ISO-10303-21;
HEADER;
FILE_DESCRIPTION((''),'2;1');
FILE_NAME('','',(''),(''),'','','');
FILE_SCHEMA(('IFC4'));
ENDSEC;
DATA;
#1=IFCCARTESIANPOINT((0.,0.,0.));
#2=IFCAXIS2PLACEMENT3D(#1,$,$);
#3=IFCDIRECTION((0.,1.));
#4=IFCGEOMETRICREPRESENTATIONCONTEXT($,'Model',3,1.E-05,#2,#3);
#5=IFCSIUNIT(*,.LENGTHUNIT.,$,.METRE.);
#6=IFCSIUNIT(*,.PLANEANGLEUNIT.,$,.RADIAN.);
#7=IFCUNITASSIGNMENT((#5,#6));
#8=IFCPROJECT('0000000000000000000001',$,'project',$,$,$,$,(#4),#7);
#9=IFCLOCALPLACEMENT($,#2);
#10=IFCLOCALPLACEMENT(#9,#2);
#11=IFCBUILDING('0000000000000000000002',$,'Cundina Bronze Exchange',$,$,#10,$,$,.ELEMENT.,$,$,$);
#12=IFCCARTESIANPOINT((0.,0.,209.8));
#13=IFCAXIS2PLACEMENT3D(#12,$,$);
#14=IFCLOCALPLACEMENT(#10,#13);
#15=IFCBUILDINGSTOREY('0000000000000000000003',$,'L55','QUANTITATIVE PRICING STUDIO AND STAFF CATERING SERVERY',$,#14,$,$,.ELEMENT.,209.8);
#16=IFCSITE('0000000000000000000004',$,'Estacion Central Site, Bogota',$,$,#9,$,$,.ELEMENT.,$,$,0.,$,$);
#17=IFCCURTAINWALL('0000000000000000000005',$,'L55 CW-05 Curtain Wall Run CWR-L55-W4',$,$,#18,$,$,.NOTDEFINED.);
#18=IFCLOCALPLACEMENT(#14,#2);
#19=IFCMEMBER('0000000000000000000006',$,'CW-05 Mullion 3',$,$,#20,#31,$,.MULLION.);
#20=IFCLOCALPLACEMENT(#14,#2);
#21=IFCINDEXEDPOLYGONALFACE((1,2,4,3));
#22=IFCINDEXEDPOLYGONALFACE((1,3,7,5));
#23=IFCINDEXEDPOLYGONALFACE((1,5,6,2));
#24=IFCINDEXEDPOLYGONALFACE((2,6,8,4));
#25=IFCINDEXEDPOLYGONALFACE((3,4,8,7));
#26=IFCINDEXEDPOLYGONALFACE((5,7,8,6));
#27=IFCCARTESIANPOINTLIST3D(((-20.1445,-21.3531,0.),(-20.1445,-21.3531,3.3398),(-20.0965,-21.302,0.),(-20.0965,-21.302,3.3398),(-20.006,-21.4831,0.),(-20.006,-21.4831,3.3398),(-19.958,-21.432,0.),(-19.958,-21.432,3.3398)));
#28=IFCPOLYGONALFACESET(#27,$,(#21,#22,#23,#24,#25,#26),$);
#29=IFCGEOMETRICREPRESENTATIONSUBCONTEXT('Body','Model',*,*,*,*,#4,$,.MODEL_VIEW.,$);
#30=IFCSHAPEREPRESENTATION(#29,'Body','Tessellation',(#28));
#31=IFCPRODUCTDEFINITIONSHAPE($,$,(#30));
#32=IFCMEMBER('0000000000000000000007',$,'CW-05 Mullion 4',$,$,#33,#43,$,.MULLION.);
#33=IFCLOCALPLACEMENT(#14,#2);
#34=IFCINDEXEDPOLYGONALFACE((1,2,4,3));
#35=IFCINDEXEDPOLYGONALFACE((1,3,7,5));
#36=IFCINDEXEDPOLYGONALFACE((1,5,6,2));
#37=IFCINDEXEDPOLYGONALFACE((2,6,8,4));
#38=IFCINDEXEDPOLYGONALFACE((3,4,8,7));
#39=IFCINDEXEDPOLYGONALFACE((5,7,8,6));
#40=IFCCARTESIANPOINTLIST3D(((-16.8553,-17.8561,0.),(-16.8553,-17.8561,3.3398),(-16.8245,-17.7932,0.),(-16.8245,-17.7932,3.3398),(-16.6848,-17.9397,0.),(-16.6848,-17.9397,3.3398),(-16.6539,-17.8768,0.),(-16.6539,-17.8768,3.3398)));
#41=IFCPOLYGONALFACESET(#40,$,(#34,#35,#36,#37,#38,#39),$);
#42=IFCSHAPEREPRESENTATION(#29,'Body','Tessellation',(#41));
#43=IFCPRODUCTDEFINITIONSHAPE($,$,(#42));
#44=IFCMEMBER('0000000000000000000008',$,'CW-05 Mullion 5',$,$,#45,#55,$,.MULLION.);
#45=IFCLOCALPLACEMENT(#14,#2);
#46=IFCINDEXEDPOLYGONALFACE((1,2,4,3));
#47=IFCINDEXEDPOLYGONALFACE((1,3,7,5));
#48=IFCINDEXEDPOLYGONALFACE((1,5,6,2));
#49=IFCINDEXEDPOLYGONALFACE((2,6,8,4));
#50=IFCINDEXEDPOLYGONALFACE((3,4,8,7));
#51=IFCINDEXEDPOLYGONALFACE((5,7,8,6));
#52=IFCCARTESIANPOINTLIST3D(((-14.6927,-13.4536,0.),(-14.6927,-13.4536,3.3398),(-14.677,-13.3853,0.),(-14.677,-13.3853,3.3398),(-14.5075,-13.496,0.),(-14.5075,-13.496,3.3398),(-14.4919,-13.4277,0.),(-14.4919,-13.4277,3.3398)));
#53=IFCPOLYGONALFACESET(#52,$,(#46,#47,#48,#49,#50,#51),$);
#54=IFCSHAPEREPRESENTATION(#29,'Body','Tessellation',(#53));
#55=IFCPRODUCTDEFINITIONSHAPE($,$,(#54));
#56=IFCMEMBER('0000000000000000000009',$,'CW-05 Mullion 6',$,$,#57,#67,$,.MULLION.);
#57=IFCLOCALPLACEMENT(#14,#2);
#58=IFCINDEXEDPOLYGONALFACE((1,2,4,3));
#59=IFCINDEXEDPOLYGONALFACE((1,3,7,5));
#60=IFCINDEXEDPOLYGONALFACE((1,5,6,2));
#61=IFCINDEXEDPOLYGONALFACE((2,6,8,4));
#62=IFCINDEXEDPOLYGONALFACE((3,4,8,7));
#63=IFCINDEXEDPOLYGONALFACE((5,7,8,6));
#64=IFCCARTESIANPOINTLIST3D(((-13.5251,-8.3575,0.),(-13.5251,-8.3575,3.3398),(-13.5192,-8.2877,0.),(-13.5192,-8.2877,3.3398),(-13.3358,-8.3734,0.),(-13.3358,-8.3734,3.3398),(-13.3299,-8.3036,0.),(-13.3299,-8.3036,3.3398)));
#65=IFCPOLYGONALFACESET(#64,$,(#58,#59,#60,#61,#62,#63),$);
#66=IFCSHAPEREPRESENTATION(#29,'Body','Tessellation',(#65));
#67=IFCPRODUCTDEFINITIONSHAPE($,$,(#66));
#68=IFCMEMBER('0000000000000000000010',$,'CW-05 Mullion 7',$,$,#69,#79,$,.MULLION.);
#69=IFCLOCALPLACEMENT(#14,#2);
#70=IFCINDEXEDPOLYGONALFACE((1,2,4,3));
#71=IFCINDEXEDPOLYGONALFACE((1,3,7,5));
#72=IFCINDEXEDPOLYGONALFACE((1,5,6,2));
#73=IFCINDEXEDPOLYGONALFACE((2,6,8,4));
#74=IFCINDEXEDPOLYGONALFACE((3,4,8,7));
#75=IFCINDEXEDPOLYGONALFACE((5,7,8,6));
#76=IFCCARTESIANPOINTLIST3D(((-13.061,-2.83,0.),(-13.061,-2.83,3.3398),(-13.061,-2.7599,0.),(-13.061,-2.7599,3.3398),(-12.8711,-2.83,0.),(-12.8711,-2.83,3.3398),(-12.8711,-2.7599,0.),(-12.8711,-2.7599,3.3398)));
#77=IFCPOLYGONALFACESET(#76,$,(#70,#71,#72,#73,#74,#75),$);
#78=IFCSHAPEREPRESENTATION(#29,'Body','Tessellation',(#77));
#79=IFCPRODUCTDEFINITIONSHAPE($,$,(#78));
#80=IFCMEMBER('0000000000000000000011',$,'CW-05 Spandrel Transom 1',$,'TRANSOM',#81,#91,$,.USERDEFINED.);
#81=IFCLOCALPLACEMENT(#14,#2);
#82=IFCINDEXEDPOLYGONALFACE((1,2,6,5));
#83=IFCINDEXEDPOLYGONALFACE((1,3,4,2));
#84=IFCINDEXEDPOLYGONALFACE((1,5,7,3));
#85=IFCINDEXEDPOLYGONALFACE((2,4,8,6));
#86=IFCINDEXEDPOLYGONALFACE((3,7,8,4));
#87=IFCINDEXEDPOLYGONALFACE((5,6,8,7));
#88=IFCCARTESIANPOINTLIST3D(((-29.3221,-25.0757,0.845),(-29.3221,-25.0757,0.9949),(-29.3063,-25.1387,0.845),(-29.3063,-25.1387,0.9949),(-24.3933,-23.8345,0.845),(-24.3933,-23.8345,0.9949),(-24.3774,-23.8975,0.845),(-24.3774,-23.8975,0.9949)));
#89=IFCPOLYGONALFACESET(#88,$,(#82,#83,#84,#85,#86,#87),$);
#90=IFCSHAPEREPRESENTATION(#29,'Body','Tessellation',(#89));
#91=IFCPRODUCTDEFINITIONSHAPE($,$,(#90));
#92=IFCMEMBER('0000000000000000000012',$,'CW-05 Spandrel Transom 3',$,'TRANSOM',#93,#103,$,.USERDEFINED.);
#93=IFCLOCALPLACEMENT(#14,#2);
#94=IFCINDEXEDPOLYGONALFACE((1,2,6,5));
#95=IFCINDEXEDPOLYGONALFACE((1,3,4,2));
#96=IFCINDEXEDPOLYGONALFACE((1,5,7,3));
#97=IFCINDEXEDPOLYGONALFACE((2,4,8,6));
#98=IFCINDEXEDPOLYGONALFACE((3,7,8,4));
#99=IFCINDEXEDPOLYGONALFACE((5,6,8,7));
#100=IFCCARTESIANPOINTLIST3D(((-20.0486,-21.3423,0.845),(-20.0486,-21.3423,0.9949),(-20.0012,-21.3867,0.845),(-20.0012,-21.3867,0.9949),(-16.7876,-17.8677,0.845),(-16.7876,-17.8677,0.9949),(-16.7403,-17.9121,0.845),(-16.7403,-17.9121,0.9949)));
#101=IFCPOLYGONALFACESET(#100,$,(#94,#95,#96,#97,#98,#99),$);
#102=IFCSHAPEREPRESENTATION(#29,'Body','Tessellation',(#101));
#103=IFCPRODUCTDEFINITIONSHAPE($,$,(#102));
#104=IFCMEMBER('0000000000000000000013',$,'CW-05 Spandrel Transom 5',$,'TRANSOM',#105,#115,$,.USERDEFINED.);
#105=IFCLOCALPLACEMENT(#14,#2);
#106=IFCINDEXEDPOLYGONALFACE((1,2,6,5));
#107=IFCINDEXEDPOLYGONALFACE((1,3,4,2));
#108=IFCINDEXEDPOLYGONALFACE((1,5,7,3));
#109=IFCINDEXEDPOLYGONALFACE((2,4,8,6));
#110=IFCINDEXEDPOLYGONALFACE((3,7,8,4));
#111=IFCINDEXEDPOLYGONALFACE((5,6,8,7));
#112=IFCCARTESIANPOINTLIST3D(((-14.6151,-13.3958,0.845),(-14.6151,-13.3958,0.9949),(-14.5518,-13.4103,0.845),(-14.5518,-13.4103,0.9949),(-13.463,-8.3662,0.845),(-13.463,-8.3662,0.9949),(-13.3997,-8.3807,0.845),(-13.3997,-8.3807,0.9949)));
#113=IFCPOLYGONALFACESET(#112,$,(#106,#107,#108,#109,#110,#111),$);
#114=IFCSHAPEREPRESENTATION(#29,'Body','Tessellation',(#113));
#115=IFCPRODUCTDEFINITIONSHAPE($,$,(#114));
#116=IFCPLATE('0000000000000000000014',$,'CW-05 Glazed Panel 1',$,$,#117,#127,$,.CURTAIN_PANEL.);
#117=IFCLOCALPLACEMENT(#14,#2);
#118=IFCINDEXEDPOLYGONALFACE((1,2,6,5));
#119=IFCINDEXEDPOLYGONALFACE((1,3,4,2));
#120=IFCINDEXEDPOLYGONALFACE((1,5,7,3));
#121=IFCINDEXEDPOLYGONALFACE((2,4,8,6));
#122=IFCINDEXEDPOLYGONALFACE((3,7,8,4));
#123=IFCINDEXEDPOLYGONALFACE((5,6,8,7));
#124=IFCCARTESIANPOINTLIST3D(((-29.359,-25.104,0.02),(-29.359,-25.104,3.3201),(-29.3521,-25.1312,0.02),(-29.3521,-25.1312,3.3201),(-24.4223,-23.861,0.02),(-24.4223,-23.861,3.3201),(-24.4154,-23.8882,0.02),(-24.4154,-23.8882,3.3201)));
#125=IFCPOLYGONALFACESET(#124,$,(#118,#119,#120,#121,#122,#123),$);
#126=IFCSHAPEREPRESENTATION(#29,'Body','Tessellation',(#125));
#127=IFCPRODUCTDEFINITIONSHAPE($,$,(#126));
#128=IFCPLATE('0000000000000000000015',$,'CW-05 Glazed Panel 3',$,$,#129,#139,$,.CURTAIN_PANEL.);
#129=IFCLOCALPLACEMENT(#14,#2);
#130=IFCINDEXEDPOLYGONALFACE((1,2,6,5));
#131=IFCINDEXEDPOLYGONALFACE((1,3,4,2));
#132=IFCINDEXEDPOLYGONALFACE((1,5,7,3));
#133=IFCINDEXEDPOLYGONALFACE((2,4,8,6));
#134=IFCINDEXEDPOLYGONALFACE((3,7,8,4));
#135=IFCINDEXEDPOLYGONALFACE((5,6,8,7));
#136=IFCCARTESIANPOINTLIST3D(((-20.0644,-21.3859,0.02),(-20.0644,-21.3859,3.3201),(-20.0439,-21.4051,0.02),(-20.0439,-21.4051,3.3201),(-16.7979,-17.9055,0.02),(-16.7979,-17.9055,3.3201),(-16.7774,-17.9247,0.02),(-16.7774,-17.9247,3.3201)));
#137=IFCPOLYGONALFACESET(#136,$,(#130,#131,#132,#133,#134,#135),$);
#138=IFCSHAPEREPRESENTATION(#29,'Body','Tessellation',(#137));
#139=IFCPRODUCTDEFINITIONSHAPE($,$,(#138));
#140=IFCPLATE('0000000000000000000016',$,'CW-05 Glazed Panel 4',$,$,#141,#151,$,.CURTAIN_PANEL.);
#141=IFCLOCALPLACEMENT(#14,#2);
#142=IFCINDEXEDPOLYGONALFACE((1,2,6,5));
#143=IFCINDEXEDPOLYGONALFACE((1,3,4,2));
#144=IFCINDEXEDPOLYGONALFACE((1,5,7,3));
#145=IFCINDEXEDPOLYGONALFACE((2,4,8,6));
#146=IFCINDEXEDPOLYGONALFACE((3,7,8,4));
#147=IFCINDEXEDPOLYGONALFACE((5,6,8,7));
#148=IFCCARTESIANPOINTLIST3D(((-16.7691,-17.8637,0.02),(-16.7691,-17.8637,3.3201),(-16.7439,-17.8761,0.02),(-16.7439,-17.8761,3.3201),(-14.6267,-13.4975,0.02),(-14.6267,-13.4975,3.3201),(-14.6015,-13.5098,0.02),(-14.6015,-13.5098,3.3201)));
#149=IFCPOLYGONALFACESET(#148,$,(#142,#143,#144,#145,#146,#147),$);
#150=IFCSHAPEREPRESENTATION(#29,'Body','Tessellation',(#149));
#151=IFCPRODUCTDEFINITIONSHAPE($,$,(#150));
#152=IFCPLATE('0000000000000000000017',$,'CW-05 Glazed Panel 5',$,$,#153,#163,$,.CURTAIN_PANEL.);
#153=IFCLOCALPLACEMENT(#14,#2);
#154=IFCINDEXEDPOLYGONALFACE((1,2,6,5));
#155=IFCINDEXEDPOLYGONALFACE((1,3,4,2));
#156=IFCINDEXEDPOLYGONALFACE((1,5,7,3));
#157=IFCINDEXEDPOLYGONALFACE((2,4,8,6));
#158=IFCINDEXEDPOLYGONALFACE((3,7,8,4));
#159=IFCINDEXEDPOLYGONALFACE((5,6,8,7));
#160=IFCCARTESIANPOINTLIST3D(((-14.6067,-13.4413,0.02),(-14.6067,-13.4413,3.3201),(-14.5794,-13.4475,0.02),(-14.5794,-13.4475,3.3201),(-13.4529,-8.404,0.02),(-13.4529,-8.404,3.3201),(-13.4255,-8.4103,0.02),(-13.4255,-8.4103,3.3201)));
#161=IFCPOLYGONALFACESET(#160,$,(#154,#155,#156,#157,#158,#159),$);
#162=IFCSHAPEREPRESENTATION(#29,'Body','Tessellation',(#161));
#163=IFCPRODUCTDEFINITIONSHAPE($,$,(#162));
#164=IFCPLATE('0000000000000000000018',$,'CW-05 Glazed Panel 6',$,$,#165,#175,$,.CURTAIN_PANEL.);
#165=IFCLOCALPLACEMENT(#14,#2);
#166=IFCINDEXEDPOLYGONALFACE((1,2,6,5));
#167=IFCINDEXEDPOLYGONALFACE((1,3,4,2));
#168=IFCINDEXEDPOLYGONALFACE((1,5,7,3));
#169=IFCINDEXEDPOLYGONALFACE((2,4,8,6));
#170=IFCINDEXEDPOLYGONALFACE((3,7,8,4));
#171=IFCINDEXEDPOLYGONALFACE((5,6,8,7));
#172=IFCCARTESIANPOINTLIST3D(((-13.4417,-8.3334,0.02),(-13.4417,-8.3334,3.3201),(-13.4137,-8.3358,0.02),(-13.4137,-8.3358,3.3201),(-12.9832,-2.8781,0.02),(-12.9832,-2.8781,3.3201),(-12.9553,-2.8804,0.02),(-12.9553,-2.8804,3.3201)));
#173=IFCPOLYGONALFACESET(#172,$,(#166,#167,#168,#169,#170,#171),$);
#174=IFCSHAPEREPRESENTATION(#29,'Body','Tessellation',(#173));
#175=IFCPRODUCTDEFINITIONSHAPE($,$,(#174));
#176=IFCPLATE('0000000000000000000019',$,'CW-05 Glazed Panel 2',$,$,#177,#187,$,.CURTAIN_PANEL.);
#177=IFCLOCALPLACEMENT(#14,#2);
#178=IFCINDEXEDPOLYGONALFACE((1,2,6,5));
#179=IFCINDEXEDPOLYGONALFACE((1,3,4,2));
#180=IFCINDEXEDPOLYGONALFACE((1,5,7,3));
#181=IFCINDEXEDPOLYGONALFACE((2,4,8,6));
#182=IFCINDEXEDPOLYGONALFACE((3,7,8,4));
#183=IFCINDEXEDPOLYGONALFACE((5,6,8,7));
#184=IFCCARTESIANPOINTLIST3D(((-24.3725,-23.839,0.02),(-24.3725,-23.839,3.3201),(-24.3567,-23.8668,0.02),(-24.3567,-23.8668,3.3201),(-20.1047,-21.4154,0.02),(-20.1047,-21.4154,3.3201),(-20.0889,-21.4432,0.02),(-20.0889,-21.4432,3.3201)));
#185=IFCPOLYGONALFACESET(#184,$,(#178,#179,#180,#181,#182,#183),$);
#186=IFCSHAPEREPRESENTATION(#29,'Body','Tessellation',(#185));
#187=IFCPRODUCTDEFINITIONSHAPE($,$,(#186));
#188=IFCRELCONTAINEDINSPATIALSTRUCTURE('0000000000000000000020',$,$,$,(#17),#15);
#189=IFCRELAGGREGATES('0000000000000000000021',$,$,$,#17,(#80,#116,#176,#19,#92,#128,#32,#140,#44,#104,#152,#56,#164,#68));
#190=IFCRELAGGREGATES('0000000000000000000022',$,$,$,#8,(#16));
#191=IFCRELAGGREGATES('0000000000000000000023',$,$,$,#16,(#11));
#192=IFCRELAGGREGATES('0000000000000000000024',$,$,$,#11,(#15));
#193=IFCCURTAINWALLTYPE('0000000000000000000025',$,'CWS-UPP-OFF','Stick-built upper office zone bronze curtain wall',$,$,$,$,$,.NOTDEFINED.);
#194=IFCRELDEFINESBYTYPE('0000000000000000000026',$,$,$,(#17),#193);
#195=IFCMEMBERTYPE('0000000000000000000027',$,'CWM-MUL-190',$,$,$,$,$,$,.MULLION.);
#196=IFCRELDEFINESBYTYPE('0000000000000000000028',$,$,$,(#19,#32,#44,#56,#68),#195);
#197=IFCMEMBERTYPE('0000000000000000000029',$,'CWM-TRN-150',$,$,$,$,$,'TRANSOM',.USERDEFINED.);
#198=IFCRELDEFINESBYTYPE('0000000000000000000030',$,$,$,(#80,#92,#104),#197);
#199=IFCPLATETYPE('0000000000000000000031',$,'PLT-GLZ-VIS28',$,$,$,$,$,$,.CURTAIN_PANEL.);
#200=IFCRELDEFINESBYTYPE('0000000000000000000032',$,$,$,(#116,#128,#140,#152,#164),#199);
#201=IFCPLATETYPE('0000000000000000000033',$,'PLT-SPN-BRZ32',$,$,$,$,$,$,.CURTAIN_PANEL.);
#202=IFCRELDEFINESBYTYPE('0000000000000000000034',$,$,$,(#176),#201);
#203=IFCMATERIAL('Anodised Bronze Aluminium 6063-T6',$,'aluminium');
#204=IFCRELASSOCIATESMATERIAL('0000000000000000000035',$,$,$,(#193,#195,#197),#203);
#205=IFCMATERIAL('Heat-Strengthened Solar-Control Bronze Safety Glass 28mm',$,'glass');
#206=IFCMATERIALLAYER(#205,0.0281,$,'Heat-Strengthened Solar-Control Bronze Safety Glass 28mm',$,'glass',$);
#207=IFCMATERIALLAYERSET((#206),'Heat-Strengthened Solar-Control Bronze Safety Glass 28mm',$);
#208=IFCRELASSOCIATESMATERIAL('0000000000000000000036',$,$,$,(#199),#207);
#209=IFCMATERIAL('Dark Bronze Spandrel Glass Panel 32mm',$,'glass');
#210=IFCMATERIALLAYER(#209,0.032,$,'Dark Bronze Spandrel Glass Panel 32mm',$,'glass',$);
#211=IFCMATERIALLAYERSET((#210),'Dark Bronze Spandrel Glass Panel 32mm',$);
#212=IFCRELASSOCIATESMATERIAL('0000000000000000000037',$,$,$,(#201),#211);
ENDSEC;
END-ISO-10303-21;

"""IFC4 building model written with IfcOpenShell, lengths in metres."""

from ifc_helpers import new_model, si_unit, direction, frame, origin, origin_2d, place, context, subcontext, project, spatial, rectangle, extrude, material, layer, layer_set, material_profile, profile_set, type_object, element, aggregate, save


model = new_model("IFC4")

# Units and contexts
model_context = context("Model", 3, precision=1e-05, world=origin(), true_north=direction((0.0, 1.0)))
body_context = subcontext(model_context, "Body", "Model", "MODEL_VIEW")
ifc_project = project(units=[si_unit("LENGTHUNIT", "METRE"), si_unit("PLANEANGLEUNIT", "RADIAN")], contexts=[model_context])

# Site, building, storey
site_placement = place(None, origin())
site = spatial("IfcSite", under=ifc_project, at=site_placement, Name="Estacion Central Site, Bogota", CompositionType="ELEMENT", RefElevation=0.0)
building_placement = place(site_placement, origin())
building = spatial("IfcBuilding", under=site, at=building_placement, Name="Cundina Bronze Exchange", CompositionType="ELEMENT")
storey_placement = place(building_placement, frame((0.0, 0.0, 209.8)))
storey = spatial("IfcBuildingStorey", under=building, at=storey_placement, Name="L55", Description="QUANTITATIVE PRICING STUDIO AND STAFF CATERING SERVERY", CompositionType="ELEMENT", Elevation=209.8)

# Curtain wall, members, plates
ifc_material_1 = material(Name="Anodised Bronze Aluminium 6063-T6", Category="aluminium")
curtain_wall_type = type_object("IfcCurtainWallType", Name="CWS-UPP-OFF", Description="Stick-built upper office zone bronze curtain wall", PredefinedType="NOTDEFINED", material=ifc_material_1)
curtain_wall_placement = place(storey_placement, origin())
curtain_wall = element("IfcCurtainWall", 1, at=curtain_wall_placement, inside=storey, type_object=curtain_wall_type, Name="L55 CW-05 Curtain Wall Run CWR-L55-W4", PredefinedType="NOTDEFINED")
ifc_material_profile_1 = material_profile(ifc_material_1, rectangle(XDim=0.0701, YDim=0.1899, at=origin_2d()), Name="AL70X190", Category="aluminium")
ifc_profile_set_1 = profile_set([ifc_material_profile_1], Name="Anodised Bronze Aluminium 6063-T6")
member_type_1 = type_object("IfcMemberType", Name="CWM-MUL-190", PredefinedType="MULLION", material=ifc_profile_set_1)
member_1_placement = place(storey_placement, frame((-20.0513, -21.3926, 0.0), z_axis=(0.0, 0.0, 1.0), x_axis=(0.684293, 0.729208, 0.0)))
member_1 = element("IfcMember", 2, at=member_1_placement, type_object=member_type_1, Name="CW-05 Mullion 3", PredefinedType="MULLION", context=body_context, shape_type="SweptSolid", body=[
    extrude(rectangle(XDim=0.0701, YDim=0.1899, at=origin_2d()), origin(), (0.0, 0.0, 1.0), 3.3398),
])
member_2_placement = place(storey_placement, frame((-16.7546, -17.8665, 0.0), z_axis=(0.0, 0.0, 1.0), x_axis=(0.440566, 0.89772, 0.0)))
member_2 = element("IfcMember", 3, at=member_2_placement, type_object=member_type_1, Name="CW-05 Mullion 4", PredefinedType="MULLION", context=body_context, shape_type="SweptSolid", body=[
    extrude(rectangle(XDim=0.0701, YDim=0.1899, at=origin_2d()), origin(), (0.0, 0.0, 1.0), 3.3398),
])
member_3_placement = place(storey_placement, frame((-14.5923, -13.4407, 0.0), z_axis=(0.0, 0.0, 1.0), x_axis=(0.22325, 0.974761, 0.0)))
member_3 = element("IfcMember", 4, at=member_3_placement, type_object=member_type_1, Name="CW-05 Mullion 5", PredefinedType="MULLION", context=body_context, shape_type="SweptSolid", body=[
    extrude(rectangle(XDim=0.0701, YDim=0.1899, at=origin_2d()), origin(), (0.0, 0.0, 1.0), 3.3398),
])
member_4_placement = place(storey_placement, frame((-13.4275, -8.3306, 0.0), z_axis=(0.0, 0.0, 1.0), x_axis=(0.083678, 0.996493, 0.0)))
member_4 = element("IfcMember", 5, at=member_4_placement, type_object=member_type_1, Name="CW-05 Mullion 6", PredefinedType="MULLION", context=body_context, shape_type="SweptSolid", body=[
    extrude(rectangle(XDim=0.0701, YDim=0.1899, at=origin_2d()), origin(), (0.0, 0.0, 1.0), 3.3398),
])
member_5_placement = place(storey_placement, frame((-12.9661, -2.7949, 0.0), z_axis=(0.0, 0.0, 1.0), x_axis=(0.0, 1.0, 0.0)))
member_5 = element("IfcMember", 6, at=member_5_placement, type_object=member_type_1, Name="CW-05 Mullion 7", PredefinedType="MULLION", context=body_context, shape_type="SweptSolid", body=[
    extrude(rectangle(XDim=0.0701, YDim=0.1899, at=origin_2d()), origin(), (0.0, 0.0, 1.0), 3.3398),
])
ifc_material_profile_2 = material_profile(ifc_material_1, rectangle(XDim=0.0649, YDim=0.1499, at=origin_2d()), Name="AL65X150", Category="aluminium")
ifc_profile_set_2 = profile_set([ifc_material_profile_2], Name="Anodised Bronze Aluminium 6063-T6")
member_type_2 = type_object("IfcMemberType", Name="CWM-TRN-150", ElementType="TRANSOM", PredefinedType="USERDEFINED", material=ifc_profile_set_2)
member_6_placement = place(storey_placement, frame((-29.3142, -25.1072, 0.9199), z_axis=(0.969726, 0.244197, 0.0), x_axis=(-0.244197, 0.969726, 0.0)))
member_6 = element("IfcMember", 7, at=member_6_placement, type_object=member_type_2, Name="CW-05 Spandrel Transom 1", ObjectType="TRANSOM", PredefinedType="USERDEFINED", context=body_context, shape_type="SweptSolid", body=[
    extrude(rectangle(XDim=0.0649, YDim=0.1499, at=origin_2d()), origin(), (0.0, 0.0, 1.0), 5.0828),
])
member_7_placement = place(storey_placement, frame((-20.0249, -21.3645, 0.9199), z_axis=(0.684336, 0.729166, 0.0), x_axis=(-0.729166, 0.684336, 0.0)))
member_7 = element("IfcMember", 8, at=member_7_placement, type_object=member_type_2, Name="CW-05 Spandrel Transom 3", ObjectType="TRANSOM", PredefinedType="USERDEFINED", context=body_context, shape_type="SweptSolid", body=[
    extrude(rectangle(XDim=0.0649, YDim=0.1499, at=origin_2d()), origin(), (0.0, 0.0, 1.0), 4.7651),
])
member_8_placement = place(storey_placement, frame((-14.5835, -13.4031, 0.9199), z_axis=(0.223283, 0.974754, 0.0), x_axis=(-0.974754, 0.223283, 0.0)))
member_8 = element("IfcMember", 9, at=member_8_placement, type_object=member_type_2, Name="CW-05 Spandrel Transom 5", ObjectType="TRANSOM", PredefinedType="USERDEFINED", context=body_context, shape_type="SweptSolid", body=[
    extrude(rectangle(XDim=0.0649, YDim=0.1499, at=origin_2d()), origin(), (0.0, 0.0, 1.0), 5.1599),
])
ifc_material_2 = material(Name="Heat-Strengthened Solar-Control Bronze Safety Glass 28mm", Category="glass")
ifc_layer_1 = layer(ifc_material_2, 0.0281, Name="Heat-Strengthened Solar-Control Bronze Safety Glass 28mm", Category="glass")
ifc_layer_set_1 = layer_set([ifc_layer_1], Name="Heat-Strengthened Solar-Control Bronze Safety Glass 28mm")
plate_type_1 = type_object("IfcPlateType", Name="PLT-GLZ-VIS28", PredefinedType="CURTAIN_PANEL", material=ifc_layer_set_1)
plate_1_placement = place(storey_placement, frame((-26.8872, -24.4961, 0.02), z_axis=(0.0, 0.0, 1.0), x_axis=(0.969732, 0.244174, 0.0)))
plate_1 = element("IfcPlate", 10, at=plate_1_placement, type_object=plate_type_1, Name="CW-05 Glazed Panel 1", PredefinedType="CURTAIN_PANEL", context=body_context, shape_type="SweptSolid", body=[
    extrude(rectangle(XDim=5.0908, YDim=0.0281, at=origin_2d()), origin(), (0.0, 0.0, 1.0), 3.3),
])
plate_2_placement = place(storey_placement, frame((-18.4209, -19.6553, 0.02), z_axis=(0.0, 0.0, 1.0), x_axis=(0.684344, 0.72916, 0.0)))
plate_2 = element("IfcPlate", 11, at=plate_2_placement, type_object=plate_type_1, Name="CW-05 Glazed Panel 3", PredefinedType="CURTAIN_PANEL", context=body_context, shape_type="SweptSolid", body=[
    extrude(rectangle(XDim=4.7732, YDim=0.0281, at=origin_2d()), origin(), (0.0, 0.0, 1.0), 3.3),
])
plate_3_placement = place(storey_placement, frame((-15.6853, -15.6868, 0.02), z_axis=(0.0, 0.0, 1.0), x_axis=(0.440503, 0.897751, 0.0)))
plate_3 = element("IfcPlate", 12, at=plate_3_placement, type_object=plate_type_1, Name="CW-05 Glazed Panel 4", PredefinedType="CURTAIN_PANEL", context=body_context, shape_type="SweptSolid", body=[
    extrude(rectangle(XDim=4.8635, YDim=0.0281, at=origin_2d()), origin(), (0.0, 0.0, 1.0), 3.3),
])
plate_4_placement = place(storey_placement, frame((-14.0161, -10.9258, 0.02), z_axis=(0.0, 0.0, 1.0), x_axis=(0.223284, 0.974753, 0.0)))
plate_4 = element("IfcPlate", 13, at=plate_4_placement, type_object=plate_type_1, Name="CW-05 Glazed Panel 5", PredefinedType="CURTAIN_PANEL", context=body_context, shape_type="SweptSolid", body=[
    extrude(rectangle(XDim=5.1677, YDim=0.0281, at=origin_2d()), origin(), (0.0, 0.0, 1.0), 3.3),
])
plate_5_placement = place(storey_placement, frame((-13.1985, -5.6069, 0.02), z_axis=(0.0, 0.0, 1.0), x_axis=(0.083747, 0.996487, 0.0)))
plate_5 = element("IfcPlate", 14, at=plate_5_placement, type_object=plate_type_1, Name="CW-05 Glazed Panel 6", PredefinedType="CURTAIN_PANEL", context=body_context, shape_type="SweptSolid", body=[
    extrude(rectangle(XDim=5.4746, YDim=0.0281, at=origin_2d()), origin(), (0.0, 0.0, 1.0), 3.3),
])
ifc_material_3 = material(Name="Dark Bronze Spandrel Glass Panel 32mm", Category="glass")
ifc_layer_2 = layer(ifc_material_3, 0.032, Name="Dark Bronze Spandrel Glass Panel 32mm", Category="glass")
ifc_layer_set_2 = layer_set([ifc_layer_2], Name="Dark Bronze Spandrel Glass Panel 32mm")
plate_type_2 = type_object("IfcPlateType", Name="PLT-SPN-BRZ32", PredefinedType="CURTAIN_PANEL", material=ifc_layer_set_2)
plate_6_placement = place(storey_placement, frame((-22.2307, -22.6411, 0.02), z_axis=(0.0, 0.0, 1.0), x_axis=(0.869573, 0.493805, 0.0)))
plate_6 = element("IfcPlate", 15, at=plate_6_placement, type_object=plate_type_2, Name="CW-05 Glazed Panel 2", PredefinedType="CURTAIN_PANEL", context=body_context, shape_type="SweptSolid", body=[
    extrude(rectangle(XDim=4.908, YDim=0.032, at=origin_2d()), origin(), (0.0, 0.0, 1.0), 3.3),
])
aggregate(curtain_wall, [member_6, plate_1, plate_6, member_1, member_7, plate_2, member_2, plate_3, member_3, member_8, plate_4, member_4, plate_5, member_5])

save(model, "model.ifc")
